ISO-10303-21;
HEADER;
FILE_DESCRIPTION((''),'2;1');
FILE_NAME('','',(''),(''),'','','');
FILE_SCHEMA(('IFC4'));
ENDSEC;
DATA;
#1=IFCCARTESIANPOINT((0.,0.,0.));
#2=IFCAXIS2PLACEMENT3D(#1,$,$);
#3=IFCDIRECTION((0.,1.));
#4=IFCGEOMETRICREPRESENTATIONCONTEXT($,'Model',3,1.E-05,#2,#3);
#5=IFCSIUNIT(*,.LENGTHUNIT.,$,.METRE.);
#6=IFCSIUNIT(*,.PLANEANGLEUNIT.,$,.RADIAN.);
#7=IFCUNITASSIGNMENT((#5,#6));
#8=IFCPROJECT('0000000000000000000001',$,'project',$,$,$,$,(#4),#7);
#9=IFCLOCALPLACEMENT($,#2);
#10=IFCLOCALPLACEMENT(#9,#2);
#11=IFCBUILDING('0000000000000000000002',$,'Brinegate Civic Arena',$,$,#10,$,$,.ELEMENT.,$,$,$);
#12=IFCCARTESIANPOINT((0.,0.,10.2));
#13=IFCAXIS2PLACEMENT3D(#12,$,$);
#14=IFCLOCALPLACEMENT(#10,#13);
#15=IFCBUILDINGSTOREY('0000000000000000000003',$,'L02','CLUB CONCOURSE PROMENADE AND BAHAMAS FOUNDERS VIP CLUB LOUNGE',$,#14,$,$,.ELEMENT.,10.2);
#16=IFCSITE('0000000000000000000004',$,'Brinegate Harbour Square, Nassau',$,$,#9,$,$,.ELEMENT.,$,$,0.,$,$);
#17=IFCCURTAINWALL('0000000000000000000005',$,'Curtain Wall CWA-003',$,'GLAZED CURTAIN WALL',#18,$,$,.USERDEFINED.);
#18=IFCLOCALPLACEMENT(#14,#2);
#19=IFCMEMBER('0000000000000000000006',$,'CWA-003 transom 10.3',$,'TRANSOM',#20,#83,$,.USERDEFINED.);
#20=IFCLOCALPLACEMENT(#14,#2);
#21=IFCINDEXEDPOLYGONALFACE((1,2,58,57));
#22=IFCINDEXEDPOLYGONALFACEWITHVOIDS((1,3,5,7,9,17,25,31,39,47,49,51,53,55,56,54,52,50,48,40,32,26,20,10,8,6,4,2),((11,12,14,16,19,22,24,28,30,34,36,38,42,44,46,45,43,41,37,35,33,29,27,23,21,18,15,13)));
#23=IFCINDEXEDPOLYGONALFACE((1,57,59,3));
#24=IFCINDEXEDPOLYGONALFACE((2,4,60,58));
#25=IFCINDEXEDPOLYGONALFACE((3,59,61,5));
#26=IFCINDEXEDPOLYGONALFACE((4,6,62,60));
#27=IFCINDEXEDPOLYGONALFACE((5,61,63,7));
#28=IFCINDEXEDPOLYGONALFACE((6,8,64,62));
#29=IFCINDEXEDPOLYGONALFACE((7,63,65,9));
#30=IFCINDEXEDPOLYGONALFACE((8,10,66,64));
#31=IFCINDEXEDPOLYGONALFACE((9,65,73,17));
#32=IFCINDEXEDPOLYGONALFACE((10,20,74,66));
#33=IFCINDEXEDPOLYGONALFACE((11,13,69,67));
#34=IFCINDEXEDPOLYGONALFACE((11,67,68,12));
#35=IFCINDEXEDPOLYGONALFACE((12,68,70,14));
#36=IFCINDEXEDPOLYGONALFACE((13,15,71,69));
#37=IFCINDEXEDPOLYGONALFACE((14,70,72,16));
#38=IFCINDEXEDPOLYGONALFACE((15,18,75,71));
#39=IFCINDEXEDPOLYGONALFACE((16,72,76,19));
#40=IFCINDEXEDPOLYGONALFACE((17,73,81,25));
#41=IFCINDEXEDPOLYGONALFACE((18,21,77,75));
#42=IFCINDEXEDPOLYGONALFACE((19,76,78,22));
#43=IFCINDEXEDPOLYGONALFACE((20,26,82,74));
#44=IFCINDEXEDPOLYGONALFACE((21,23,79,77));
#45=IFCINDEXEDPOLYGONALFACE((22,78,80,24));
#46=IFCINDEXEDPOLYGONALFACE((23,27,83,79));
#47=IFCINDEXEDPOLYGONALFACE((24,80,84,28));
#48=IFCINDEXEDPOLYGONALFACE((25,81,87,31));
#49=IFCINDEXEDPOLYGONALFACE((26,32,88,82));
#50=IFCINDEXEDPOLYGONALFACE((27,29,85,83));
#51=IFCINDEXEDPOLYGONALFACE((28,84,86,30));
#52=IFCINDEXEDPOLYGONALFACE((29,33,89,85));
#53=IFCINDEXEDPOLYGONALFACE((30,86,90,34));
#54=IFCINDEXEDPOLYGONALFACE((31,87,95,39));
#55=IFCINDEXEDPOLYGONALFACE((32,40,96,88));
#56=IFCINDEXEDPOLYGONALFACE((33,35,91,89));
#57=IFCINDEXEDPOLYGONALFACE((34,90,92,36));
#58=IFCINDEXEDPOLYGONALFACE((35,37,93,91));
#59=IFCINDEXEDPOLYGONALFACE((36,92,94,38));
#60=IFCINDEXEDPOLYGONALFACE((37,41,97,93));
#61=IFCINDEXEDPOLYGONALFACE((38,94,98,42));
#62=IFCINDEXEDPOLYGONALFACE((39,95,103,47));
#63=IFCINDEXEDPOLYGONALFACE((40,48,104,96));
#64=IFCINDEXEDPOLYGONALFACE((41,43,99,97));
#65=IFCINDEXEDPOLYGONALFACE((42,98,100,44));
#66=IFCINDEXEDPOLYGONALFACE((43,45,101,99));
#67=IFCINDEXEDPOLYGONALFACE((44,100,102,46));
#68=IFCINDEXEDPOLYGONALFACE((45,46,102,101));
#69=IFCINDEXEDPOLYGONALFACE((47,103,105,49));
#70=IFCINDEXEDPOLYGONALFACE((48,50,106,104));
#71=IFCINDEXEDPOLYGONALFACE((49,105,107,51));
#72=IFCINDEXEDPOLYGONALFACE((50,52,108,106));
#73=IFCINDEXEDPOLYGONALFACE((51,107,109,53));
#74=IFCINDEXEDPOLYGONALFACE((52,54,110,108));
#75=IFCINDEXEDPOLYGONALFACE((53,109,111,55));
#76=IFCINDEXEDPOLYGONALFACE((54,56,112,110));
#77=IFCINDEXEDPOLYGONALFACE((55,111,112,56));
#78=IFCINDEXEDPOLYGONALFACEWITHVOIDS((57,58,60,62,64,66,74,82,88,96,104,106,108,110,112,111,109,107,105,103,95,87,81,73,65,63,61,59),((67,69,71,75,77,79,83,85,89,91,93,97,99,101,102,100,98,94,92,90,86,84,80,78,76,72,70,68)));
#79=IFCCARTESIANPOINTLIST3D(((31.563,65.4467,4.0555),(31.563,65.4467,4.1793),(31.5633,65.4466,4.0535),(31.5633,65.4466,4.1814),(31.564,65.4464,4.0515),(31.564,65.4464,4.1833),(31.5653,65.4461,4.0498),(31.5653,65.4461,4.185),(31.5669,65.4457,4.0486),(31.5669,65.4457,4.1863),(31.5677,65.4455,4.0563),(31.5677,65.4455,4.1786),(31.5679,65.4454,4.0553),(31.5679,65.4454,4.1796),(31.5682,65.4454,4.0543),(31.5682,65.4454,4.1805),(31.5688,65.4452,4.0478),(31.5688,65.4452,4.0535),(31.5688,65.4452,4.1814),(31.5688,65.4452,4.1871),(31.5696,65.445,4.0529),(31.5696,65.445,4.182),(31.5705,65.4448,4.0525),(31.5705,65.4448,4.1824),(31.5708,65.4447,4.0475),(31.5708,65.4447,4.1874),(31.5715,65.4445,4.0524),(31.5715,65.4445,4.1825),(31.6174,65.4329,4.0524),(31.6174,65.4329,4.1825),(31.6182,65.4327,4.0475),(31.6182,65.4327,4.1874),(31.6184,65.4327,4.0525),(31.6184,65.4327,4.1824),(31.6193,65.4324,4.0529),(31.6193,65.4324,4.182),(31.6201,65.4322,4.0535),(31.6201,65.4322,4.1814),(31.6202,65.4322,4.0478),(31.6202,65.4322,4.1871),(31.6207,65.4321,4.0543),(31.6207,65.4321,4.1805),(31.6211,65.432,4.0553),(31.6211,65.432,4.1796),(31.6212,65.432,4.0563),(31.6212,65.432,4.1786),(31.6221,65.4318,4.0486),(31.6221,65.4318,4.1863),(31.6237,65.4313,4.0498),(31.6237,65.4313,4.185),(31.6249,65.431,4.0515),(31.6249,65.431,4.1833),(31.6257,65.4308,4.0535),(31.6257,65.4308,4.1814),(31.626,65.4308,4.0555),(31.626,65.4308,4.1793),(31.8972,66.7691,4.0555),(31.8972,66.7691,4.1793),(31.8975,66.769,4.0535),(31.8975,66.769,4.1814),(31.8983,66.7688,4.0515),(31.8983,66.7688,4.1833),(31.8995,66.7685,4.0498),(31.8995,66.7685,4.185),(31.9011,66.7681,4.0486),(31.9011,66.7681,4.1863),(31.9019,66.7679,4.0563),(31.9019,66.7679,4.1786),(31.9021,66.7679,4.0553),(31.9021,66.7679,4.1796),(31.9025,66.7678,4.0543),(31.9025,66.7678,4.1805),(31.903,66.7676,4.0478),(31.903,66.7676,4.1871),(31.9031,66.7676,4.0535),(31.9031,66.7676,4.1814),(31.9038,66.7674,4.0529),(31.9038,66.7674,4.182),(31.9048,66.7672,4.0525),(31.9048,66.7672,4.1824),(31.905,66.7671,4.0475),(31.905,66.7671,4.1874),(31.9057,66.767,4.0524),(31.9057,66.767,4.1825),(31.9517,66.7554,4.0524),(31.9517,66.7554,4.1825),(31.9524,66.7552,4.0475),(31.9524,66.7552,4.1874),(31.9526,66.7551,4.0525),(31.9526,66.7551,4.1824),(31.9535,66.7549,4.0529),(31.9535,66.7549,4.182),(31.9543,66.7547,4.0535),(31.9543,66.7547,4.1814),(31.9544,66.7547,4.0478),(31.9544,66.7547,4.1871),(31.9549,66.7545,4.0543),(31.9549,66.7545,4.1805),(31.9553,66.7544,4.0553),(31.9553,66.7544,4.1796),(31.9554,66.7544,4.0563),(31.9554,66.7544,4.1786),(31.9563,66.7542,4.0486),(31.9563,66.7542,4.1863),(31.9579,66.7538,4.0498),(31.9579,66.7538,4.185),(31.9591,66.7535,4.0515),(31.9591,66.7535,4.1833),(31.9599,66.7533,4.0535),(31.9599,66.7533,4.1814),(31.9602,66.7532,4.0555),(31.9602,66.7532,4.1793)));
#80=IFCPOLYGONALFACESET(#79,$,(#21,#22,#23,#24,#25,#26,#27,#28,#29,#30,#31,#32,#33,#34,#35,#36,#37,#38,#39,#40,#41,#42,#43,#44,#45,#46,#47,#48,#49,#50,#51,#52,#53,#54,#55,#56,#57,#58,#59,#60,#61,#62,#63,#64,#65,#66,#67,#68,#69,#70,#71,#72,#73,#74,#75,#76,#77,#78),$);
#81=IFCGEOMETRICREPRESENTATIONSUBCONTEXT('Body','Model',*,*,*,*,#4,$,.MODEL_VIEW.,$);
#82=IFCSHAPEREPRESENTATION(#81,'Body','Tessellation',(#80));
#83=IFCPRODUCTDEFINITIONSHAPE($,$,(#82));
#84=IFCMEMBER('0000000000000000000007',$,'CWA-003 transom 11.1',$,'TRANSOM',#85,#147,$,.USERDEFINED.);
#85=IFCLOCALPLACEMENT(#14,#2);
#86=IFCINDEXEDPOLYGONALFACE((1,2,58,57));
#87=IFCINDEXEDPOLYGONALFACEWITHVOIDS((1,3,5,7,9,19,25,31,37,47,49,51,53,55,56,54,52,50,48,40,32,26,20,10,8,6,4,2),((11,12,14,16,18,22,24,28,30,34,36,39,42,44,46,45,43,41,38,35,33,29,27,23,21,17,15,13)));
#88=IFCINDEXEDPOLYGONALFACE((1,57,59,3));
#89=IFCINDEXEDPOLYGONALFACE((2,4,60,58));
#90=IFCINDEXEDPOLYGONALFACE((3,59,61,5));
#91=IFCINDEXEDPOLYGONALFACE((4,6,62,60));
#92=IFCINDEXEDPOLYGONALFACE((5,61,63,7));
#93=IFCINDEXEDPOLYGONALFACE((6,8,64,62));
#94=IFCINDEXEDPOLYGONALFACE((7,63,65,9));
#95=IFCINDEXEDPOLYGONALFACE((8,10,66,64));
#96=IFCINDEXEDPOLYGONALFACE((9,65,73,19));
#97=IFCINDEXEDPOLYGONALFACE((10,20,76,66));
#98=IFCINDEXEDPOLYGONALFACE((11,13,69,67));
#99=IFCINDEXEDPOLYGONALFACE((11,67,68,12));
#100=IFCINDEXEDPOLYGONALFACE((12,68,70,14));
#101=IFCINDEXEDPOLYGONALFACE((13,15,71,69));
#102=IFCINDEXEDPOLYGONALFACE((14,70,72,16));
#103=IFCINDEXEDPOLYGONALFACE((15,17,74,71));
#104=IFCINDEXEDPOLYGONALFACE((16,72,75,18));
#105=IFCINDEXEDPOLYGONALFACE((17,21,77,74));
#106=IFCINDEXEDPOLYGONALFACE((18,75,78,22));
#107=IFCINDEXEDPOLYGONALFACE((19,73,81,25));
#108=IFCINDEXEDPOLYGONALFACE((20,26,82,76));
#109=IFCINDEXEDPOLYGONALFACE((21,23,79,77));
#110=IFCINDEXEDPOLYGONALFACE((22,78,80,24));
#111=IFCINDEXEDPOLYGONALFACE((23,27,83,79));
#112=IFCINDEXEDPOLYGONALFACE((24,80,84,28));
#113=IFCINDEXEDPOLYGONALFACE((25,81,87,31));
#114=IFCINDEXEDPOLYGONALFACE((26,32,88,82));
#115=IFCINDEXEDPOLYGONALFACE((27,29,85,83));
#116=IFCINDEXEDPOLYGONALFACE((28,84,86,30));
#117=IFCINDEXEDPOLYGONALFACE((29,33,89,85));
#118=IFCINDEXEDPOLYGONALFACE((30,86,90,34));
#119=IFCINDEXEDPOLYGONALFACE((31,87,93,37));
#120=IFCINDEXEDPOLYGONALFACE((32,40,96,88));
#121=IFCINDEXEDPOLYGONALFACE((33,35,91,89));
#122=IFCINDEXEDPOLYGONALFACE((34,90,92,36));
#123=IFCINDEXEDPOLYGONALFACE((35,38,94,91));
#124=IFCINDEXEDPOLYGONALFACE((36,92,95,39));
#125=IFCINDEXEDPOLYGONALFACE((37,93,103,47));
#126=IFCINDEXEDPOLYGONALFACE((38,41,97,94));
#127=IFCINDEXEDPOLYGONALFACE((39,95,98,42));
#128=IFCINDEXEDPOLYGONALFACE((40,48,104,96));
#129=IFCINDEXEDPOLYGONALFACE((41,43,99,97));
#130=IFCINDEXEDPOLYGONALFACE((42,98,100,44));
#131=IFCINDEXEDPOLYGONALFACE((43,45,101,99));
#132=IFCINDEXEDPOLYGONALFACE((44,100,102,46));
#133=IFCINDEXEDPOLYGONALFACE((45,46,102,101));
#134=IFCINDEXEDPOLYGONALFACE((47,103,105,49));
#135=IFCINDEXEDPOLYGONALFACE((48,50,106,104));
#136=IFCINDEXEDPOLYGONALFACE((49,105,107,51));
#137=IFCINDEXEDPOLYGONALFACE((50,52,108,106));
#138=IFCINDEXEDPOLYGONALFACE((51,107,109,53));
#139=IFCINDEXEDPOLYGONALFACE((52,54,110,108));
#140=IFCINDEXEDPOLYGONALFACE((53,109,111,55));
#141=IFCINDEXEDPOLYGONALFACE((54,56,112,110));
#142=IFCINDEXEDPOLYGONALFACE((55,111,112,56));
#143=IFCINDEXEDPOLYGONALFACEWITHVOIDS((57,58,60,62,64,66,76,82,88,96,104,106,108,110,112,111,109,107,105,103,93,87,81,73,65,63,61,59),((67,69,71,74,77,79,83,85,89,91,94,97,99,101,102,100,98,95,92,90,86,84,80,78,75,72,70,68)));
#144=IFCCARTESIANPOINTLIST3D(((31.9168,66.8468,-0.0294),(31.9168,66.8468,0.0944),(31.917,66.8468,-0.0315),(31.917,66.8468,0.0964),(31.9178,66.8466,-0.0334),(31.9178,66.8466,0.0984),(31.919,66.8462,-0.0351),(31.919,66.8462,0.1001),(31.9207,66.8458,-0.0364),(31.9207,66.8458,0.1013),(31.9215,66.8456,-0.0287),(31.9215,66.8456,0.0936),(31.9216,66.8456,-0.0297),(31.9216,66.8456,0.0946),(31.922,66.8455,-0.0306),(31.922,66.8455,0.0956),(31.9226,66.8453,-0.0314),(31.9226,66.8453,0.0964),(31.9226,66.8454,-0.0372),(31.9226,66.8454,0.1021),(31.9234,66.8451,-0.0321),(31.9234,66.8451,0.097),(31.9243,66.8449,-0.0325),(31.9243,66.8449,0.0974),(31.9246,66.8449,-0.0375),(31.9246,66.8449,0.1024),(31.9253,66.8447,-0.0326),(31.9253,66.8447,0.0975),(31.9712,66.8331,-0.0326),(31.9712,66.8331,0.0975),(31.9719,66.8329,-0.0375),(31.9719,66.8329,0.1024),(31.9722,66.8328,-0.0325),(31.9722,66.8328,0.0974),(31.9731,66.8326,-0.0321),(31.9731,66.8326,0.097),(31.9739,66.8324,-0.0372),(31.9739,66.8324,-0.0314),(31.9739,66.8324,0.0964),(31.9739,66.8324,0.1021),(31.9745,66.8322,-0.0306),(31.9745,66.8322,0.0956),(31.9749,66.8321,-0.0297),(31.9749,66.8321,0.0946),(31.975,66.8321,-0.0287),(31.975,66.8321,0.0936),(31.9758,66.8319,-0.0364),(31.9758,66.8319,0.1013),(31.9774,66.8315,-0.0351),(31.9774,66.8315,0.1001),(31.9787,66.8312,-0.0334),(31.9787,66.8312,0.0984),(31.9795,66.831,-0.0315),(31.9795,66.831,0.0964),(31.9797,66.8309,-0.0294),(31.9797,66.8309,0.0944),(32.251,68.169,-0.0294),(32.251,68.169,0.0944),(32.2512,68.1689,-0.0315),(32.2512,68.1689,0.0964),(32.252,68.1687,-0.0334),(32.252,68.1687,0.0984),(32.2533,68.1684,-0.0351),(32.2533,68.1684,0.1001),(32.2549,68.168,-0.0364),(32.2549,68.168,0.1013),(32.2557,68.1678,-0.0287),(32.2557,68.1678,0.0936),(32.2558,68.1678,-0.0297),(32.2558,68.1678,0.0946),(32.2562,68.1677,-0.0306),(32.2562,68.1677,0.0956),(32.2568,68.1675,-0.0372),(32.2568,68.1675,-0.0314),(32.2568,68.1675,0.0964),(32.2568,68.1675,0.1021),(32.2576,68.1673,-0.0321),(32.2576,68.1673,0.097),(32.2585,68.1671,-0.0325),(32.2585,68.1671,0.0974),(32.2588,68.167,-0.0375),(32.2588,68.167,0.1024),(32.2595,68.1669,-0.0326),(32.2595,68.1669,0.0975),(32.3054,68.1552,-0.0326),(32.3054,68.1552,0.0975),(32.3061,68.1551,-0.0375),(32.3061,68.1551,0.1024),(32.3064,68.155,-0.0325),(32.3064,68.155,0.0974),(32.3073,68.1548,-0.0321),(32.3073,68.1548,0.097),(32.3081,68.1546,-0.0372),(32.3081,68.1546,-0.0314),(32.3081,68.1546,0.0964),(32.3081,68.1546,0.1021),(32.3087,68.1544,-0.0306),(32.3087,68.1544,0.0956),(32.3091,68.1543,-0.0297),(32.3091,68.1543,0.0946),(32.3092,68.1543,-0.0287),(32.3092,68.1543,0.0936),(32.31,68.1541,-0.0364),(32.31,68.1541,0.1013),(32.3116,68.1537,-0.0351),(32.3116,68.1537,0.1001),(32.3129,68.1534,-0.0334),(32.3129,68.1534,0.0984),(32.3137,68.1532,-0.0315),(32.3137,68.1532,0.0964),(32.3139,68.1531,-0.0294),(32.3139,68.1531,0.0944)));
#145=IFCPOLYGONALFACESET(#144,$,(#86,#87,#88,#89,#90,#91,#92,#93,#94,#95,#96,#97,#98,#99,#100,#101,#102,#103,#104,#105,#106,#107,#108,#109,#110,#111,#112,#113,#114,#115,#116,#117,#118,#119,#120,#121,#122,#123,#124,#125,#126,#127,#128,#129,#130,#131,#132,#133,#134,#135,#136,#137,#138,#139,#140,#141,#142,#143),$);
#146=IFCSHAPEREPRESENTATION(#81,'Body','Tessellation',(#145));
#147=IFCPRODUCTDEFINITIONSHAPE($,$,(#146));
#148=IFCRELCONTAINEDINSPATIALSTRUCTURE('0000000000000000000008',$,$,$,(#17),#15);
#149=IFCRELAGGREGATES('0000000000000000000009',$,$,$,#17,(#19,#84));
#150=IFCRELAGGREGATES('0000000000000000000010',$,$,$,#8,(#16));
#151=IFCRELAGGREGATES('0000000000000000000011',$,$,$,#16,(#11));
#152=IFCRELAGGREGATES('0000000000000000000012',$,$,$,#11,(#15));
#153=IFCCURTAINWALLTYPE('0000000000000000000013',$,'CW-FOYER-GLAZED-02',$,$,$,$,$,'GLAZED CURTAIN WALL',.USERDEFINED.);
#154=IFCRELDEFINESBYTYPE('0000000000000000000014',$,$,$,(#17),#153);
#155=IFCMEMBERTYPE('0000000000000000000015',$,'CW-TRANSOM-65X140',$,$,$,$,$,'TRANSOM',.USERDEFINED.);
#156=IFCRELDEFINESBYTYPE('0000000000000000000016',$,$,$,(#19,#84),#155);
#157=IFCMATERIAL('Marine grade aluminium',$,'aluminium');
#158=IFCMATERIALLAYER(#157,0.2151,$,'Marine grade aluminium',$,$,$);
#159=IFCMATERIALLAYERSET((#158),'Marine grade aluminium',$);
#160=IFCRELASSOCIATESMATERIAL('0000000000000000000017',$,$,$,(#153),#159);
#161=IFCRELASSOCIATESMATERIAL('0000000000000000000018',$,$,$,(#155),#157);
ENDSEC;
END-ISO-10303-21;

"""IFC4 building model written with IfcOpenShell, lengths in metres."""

from ifc_helpers import new_model, si_unit, direction, frame, origin, origin_2d, place, context, subcontext, project, spatial, hollow_rectangle, extrude, material, layer, layer_set, material_profile, profile_set, type_object, element, aggregate, save


model = new_model("IFC4")

# Units and contexts
model_context = context("Model", 3, precision=1e-05, world=origin(), true_north=direction((0.0, 1.0)))
body_context = subcontext(model_context, "Body", "Model", "MODEL_VIEW")
ifc_project = project(units=[si_unit("LENGTHUNIT", "METRE"), si_unit("PLANEANGLEUNIT", "RADIAN")], contexts=[model_context])

# Site, building, storey
site_placement = place(None, origin())
site = spatial("IfcSite", under=ifc_project, at=site_placement, Name="Brinegate Harbour Square, Nassau", CompositionType="ELEMENT", RefElevation=0.0)
building_placement = place(site_placement, origin())
building = spatial("IfcBuilding", under=site, at=building_placement, Name="Brinegate Civic Arena", CompositionType="ELEMENT")
storey_placement = place(building_placement, frame((0.0, 0.0, 10.2)))
storey = spatial("IfcBuildingStorey", under=building, at=storey_placement, Name="L02", Description="CLUB CONCOURSE PROMENADE AND BAHAMAS FOUNDERS VIP CLUB LOUNGE", CompositionType="ELEMENT", Elevation=10.2)

# Curtain wall, members
ifc_material_1 = material(Name="Marine grade aluminium", Category="aluminium")
ifc_layer_1 = layer(ifc_material_1, 0.2151, Name="Marine grade aluminium")
ifc_layer_set_1 = layer_set([ifc_layer_1], Name="Marine grade aluminium")
curtain_wall_type_1 = type_object("IfcCurtainWallType", Name="CW-FOYER-GLAZED-02", ElementType="GLAZED CURTAIN WALL", PredefinedType="USERDEFINED", material=ifc_layer_set_1)
curtain_wall_1_placement = place(storey_placement, origin())
curtain_wall_1 = element("IfcCurtainWall", 1, at=curtain_wall_1_placement, inside=storey, type_object=curtain_wall_type_1, Name="Curtain Wall CWA-003", ObjectType="GLAZED CURTAIN WALL", PredefinedType="USERDEFINED")
ifc_material_profile_1 = material_profile(ifc_material_1, hollow_rectangle(XDim=0.0649, YDim=0.1399, WallThickness=0.0049, InnerFilletRadius=0.0039, OuterFilletRadius=0.0081, at=origin_2d()), Name="TRN65X140")
ifc_profile_set_1 = profile_set([ifc_material_profile_1], Name="Marine grade aluminium")
member_type_1 = type_object("IfcMemberType", Name="CW-TRANSOM-65X140", ElementType="TRANSOM", PredefinedType="USERDEFINED", material=ifc_profile_set_1)
member_1_placement = place(storey_placement, frame((31.5945, 65.4387, 4.1174), z_axis=(0.245019, 0.969518, 0.0), x_axis=(-0.969518, 0.245019, 0.0)))
member_1 = element("IfcMember", 2, at=member_1_placement, type_object=member_type_1, Name="CWA-003 transom 10.3", ObjectType="TRANSOM", PredefinedType="USERDEFINED", context=body_context, shape_type="SweptSolid", body=[
    extrude(hollow_rectangle(XDim=0.0649, YDim=0.1399, WallThickness=0.0049, InnerFilletRadius=0.0039, OuterFilletRadius=0.0081, at=origin_2d()), origin(), (0.0, 0.0, 1.0), 1.364),
])
member_2_placement = place(storey_placement, frame((31.9482, 66.8389, 0.0325), z_axis=(0.245062, 0.969507, 0.0), x_axis=(-0.969507, 0.245062, 0.0)))
member_2 = element("IfcMember", 3, at=member_2_placement, type_object=member_type_1, Name="CWA-003 transom 11.1", ObjectType="TRANSOM", PredefinedType="USERDEFINED", context=body_context, shape_type="SweptSolid", body=[
    extrude(hollow_rectangle(XDim=0.0649, YDim=0.1399, WallThickness=0.0049, InnerFilletRadius=0.0039, OuterFilletRadius=0.0081, at=origin_2d()), origin(), (0.0, 0.0, 1.0), 1.3638),
])

aggregate(curtain_wall_1, [member_1, member_2])

save(model, "model.ifc")
